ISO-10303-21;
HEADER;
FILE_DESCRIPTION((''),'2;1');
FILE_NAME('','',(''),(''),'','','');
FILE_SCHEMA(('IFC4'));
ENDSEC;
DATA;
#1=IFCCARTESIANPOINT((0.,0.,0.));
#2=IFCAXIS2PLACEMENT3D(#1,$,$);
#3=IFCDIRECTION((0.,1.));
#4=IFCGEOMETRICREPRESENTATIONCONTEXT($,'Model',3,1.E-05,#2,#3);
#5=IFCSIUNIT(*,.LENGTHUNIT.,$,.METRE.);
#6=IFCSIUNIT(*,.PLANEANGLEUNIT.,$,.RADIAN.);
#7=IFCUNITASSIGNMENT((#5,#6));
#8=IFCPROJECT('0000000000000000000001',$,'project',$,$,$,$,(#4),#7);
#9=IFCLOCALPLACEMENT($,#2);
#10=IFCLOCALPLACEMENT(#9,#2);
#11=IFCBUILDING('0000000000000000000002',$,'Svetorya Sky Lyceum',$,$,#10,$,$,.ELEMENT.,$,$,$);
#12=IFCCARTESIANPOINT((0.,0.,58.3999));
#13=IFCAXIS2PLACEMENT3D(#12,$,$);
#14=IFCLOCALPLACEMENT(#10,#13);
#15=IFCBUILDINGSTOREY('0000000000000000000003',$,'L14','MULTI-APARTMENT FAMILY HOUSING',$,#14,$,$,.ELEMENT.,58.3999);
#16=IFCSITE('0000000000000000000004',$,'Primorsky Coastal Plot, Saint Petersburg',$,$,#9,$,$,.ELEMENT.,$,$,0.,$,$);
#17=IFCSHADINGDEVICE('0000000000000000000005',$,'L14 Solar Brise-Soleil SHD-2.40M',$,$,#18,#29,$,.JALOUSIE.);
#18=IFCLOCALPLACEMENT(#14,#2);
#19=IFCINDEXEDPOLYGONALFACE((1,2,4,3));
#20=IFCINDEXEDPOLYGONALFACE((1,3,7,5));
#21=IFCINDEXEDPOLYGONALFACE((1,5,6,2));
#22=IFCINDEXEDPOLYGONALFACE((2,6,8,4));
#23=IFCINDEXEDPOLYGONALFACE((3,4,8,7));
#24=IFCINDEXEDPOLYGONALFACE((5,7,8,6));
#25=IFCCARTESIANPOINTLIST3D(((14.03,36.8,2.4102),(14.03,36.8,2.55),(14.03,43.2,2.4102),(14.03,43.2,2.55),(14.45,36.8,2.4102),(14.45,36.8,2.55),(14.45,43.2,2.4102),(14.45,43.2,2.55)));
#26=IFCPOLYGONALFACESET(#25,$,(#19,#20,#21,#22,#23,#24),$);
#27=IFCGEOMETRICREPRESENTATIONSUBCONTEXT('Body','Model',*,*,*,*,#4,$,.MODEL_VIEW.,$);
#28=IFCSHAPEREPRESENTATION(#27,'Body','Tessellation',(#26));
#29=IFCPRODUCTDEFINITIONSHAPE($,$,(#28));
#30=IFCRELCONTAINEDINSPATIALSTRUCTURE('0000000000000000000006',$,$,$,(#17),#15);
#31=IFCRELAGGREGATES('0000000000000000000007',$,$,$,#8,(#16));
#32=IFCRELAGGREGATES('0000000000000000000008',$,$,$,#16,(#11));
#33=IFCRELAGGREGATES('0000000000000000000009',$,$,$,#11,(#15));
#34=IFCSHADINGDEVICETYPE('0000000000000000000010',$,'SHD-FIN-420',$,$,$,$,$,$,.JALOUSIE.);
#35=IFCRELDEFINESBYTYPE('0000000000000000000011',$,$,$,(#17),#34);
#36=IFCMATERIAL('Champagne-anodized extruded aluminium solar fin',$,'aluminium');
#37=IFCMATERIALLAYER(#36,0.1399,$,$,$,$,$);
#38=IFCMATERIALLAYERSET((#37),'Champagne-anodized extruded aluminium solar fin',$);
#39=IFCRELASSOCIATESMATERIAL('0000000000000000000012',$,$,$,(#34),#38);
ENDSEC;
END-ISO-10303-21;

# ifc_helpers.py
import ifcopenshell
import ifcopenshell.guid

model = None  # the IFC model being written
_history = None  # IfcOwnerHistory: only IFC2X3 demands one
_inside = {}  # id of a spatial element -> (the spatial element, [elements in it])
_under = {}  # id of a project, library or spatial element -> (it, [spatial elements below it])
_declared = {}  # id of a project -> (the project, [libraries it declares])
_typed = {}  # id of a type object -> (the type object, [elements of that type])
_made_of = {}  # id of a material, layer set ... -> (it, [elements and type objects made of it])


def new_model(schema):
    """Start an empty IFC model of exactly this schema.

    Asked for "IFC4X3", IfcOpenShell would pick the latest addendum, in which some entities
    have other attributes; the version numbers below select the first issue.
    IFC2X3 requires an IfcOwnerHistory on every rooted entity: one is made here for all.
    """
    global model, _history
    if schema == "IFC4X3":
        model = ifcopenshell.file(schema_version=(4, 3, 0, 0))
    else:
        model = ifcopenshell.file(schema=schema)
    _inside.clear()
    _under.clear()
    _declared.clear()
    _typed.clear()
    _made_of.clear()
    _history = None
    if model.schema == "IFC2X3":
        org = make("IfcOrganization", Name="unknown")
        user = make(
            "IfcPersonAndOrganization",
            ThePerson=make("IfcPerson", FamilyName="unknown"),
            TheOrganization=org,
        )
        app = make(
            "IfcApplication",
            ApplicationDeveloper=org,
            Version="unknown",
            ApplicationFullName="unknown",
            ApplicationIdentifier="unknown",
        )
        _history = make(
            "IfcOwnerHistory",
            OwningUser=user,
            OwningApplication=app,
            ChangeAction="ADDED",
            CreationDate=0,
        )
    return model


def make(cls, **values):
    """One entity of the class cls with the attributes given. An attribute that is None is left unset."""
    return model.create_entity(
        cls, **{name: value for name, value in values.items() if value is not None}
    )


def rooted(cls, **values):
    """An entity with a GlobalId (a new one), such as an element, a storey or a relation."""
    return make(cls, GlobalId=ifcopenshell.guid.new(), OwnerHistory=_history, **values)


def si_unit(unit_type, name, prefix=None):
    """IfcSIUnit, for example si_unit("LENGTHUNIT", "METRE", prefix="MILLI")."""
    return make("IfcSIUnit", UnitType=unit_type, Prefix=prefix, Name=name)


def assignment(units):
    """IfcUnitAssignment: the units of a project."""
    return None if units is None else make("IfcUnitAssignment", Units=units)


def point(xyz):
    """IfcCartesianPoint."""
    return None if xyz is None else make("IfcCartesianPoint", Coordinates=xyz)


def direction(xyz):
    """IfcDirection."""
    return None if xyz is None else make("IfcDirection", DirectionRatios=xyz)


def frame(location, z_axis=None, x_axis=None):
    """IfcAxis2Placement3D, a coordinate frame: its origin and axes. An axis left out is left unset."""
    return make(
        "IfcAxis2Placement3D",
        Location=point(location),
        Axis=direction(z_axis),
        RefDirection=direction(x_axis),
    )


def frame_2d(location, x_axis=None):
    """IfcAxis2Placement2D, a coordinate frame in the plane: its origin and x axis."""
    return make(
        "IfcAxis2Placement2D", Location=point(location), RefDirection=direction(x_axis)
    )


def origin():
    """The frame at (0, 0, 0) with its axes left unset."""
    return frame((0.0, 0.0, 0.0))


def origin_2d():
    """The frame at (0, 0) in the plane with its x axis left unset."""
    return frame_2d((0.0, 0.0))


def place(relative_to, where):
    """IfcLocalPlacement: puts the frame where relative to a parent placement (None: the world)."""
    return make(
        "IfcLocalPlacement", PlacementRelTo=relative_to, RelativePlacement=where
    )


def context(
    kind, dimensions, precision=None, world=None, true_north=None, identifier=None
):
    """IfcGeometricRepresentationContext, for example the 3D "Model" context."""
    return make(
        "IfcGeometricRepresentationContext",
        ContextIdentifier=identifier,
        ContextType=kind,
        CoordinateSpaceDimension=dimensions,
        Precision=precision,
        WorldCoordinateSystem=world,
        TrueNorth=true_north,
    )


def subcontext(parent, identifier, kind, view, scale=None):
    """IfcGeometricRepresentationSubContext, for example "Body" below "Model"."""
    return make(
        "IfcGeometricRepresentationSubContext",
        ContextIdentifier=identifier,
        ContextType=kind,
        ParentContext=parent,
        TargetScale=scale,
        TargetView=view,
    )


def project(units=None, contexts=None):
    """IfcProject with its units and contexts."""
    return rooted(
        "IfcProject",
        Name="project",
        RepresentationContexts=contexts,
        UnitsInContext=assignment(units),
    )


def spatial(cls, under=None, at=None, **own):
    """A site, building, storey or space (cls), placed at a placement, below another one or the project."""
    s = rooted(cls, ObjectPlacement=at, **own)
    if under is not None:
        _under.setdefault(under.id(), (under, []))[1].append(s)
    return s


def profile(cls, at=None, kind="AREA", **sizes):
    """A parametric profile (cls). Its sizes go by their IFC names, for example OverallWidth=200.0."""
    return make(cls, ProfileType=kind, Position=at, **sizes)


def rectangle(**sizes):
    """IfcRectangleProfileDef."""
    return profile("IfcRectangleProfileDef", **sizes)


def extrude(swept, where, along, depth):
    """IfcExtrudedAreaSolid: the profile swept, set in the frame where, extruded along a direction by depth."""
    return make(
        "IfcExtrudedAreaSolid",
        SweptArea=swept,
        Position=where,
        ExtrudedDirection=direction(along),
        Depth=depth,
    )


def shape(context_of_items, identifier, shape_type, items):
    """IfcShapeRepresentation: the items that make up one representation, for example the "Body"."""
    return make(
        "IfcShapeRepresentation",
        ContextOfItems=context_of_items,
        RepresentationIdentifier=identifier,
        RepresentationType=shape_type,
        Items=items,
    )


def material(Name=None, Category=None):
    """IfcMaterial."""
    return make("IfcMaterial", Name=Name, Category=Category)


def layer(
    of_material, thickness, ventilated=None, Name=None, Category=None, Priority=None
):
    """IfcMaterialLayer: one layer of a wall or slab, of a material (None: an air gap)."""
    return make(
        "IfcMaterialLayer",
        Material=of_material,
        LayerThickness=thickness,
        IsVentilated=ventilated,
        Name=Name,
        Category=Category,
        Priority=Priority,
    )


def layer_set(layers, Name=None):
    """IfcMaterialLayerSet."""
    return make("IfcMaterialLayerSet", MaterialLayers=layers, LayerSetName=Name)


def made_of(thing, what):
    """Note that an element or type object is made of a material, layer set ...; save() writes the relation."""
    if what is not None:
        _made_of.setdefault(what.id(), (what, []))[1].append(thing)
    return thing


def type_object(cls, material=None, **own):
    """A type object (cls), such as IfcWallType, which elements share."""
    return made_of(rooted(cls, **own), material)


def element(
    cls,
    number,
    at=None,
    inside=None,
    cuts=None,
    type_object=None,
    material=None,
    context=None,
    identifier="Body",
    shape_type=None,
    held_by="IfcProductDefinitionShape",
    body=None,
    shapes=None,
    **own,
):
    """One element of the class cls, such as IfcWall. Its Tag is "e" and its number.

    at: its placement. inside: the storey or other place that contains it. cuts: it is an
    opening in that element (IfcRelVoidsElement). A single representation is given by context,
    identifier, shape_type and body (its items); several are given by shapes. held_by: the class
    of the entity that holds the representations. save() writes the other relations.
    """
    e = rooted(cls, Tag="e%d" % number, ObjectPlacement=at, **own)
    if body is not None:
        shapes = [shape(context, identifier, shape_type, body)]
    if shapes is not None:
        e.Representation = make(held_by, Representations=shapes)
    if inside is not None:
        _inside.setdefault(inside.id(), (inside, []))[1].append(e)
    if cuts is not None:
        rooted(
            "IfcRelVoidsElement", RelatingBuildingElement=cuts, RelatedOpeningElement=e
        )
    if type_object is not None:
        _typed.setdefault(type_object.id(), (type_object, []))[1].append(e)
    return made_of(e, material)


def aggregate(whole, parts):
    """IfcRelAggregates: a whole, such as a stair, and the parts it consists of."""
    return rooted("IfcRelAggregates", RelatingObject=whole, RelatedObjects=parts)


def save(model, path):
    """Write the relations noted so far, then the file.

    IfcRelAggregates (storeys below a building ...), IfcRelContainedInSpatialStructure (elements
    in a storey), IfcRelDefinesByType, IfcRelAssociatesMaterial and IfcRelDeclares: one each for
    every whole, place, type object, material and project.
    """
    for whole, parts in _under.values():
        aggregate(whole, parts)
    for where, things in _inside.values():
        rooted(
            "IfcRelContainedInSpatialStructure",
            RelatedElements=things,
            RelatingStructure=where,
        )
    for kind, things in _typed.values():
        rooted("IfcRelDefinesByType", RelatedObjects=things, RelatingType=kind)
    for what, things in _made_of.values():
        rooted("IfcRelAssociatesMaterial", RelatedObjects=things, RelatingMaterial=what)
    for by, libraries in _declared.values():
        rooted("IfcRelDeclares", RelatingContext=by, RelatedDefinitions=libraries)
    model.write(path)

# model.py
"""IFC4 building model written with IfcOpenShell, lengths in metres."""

from ifc_helpers import new_model, si_unit, direction, frame, origin, origin_2d, place, context, subcontext, project, spatial, rectangle, extrude, material, layer, layer_set, type_object, element, save


model = new_model("IFC4")

# Units and contexts
model_context = context("Model", 3, precision=1e-05, world=origin(), true_north=direction((0.0, 1.0)))
body_context = subcontext(model_context, "Body", "Model", "MODEL_VIEW")
ifc_project = project(units=[si_unit("LENGTHUNIT", "METRE"), si_unit("PLANEANGLEUNIT", "RADIAN")], contexts=[model_context])

# Site, building, storey
site_placement = place(None, origin())
site = spatial("IfcSite", under=ifc_project, at=site_placement, Name="Primorsky Coastal Plot, Saint Petersburg", CompositionType="ELEMENT", RefElevation=0.0)
building_placement = place(site_placement, origin())
building = spatial("IfcBuilding", under=site, at=building_placement, Name="Svetorya Sky Lyceum", CompositionType="ELEMENT")
storey_placement = place(building_placement, frame((0.0, 0.0, 58.3999)))
storey = spatial("IfcBuildingStorey", under=building, at=storey_placement, Name="L14", Description="MULTI-APARTMENT FAMILY HOUSING", CompositionType="ELEMENT", Elevation=58.3999)

# Shading device
ifc_material_1 = material(Name="Champagne-anodized extruded aluminium solar fin", Category="aluminium")
ifc_layer_1 = layer(ifc_material_1, 0.1399)
ifc_layer_set_1 = layer_set([ifc_layer_1], Name="Champagne-anodized extruded aluminium solar fin")
shading_device_type = type_object("IfcShadingDeviceType", Name="SHD-FIN-420", PredefinedType="JALOUSIE", material=ifc_layer_set_1)
shading_device_placement = place(storey_placement, frame((14.24, 40.0, 2.4102), z_axis=(0.0, 0.0, 1.0), x_axis=(1.0, 0.0, 0.0)))
element("IfcShadingDevice", 1, at=shading_device_placement, inside=storey, type_object=shading_device_type, Name="L14 Solar Brise-Soleil SHD-2.40M", PredefinedType="JALOUSIE", context=body_context, shape_type="SweptSolid", body=[
    extrude(rectangle(XDim=0.4199, YDim=6.3999, at=origin_2d()), origin(), (0.0, 0.0, 1.0), 0.1399),
])

save(model, "model.ifc")
